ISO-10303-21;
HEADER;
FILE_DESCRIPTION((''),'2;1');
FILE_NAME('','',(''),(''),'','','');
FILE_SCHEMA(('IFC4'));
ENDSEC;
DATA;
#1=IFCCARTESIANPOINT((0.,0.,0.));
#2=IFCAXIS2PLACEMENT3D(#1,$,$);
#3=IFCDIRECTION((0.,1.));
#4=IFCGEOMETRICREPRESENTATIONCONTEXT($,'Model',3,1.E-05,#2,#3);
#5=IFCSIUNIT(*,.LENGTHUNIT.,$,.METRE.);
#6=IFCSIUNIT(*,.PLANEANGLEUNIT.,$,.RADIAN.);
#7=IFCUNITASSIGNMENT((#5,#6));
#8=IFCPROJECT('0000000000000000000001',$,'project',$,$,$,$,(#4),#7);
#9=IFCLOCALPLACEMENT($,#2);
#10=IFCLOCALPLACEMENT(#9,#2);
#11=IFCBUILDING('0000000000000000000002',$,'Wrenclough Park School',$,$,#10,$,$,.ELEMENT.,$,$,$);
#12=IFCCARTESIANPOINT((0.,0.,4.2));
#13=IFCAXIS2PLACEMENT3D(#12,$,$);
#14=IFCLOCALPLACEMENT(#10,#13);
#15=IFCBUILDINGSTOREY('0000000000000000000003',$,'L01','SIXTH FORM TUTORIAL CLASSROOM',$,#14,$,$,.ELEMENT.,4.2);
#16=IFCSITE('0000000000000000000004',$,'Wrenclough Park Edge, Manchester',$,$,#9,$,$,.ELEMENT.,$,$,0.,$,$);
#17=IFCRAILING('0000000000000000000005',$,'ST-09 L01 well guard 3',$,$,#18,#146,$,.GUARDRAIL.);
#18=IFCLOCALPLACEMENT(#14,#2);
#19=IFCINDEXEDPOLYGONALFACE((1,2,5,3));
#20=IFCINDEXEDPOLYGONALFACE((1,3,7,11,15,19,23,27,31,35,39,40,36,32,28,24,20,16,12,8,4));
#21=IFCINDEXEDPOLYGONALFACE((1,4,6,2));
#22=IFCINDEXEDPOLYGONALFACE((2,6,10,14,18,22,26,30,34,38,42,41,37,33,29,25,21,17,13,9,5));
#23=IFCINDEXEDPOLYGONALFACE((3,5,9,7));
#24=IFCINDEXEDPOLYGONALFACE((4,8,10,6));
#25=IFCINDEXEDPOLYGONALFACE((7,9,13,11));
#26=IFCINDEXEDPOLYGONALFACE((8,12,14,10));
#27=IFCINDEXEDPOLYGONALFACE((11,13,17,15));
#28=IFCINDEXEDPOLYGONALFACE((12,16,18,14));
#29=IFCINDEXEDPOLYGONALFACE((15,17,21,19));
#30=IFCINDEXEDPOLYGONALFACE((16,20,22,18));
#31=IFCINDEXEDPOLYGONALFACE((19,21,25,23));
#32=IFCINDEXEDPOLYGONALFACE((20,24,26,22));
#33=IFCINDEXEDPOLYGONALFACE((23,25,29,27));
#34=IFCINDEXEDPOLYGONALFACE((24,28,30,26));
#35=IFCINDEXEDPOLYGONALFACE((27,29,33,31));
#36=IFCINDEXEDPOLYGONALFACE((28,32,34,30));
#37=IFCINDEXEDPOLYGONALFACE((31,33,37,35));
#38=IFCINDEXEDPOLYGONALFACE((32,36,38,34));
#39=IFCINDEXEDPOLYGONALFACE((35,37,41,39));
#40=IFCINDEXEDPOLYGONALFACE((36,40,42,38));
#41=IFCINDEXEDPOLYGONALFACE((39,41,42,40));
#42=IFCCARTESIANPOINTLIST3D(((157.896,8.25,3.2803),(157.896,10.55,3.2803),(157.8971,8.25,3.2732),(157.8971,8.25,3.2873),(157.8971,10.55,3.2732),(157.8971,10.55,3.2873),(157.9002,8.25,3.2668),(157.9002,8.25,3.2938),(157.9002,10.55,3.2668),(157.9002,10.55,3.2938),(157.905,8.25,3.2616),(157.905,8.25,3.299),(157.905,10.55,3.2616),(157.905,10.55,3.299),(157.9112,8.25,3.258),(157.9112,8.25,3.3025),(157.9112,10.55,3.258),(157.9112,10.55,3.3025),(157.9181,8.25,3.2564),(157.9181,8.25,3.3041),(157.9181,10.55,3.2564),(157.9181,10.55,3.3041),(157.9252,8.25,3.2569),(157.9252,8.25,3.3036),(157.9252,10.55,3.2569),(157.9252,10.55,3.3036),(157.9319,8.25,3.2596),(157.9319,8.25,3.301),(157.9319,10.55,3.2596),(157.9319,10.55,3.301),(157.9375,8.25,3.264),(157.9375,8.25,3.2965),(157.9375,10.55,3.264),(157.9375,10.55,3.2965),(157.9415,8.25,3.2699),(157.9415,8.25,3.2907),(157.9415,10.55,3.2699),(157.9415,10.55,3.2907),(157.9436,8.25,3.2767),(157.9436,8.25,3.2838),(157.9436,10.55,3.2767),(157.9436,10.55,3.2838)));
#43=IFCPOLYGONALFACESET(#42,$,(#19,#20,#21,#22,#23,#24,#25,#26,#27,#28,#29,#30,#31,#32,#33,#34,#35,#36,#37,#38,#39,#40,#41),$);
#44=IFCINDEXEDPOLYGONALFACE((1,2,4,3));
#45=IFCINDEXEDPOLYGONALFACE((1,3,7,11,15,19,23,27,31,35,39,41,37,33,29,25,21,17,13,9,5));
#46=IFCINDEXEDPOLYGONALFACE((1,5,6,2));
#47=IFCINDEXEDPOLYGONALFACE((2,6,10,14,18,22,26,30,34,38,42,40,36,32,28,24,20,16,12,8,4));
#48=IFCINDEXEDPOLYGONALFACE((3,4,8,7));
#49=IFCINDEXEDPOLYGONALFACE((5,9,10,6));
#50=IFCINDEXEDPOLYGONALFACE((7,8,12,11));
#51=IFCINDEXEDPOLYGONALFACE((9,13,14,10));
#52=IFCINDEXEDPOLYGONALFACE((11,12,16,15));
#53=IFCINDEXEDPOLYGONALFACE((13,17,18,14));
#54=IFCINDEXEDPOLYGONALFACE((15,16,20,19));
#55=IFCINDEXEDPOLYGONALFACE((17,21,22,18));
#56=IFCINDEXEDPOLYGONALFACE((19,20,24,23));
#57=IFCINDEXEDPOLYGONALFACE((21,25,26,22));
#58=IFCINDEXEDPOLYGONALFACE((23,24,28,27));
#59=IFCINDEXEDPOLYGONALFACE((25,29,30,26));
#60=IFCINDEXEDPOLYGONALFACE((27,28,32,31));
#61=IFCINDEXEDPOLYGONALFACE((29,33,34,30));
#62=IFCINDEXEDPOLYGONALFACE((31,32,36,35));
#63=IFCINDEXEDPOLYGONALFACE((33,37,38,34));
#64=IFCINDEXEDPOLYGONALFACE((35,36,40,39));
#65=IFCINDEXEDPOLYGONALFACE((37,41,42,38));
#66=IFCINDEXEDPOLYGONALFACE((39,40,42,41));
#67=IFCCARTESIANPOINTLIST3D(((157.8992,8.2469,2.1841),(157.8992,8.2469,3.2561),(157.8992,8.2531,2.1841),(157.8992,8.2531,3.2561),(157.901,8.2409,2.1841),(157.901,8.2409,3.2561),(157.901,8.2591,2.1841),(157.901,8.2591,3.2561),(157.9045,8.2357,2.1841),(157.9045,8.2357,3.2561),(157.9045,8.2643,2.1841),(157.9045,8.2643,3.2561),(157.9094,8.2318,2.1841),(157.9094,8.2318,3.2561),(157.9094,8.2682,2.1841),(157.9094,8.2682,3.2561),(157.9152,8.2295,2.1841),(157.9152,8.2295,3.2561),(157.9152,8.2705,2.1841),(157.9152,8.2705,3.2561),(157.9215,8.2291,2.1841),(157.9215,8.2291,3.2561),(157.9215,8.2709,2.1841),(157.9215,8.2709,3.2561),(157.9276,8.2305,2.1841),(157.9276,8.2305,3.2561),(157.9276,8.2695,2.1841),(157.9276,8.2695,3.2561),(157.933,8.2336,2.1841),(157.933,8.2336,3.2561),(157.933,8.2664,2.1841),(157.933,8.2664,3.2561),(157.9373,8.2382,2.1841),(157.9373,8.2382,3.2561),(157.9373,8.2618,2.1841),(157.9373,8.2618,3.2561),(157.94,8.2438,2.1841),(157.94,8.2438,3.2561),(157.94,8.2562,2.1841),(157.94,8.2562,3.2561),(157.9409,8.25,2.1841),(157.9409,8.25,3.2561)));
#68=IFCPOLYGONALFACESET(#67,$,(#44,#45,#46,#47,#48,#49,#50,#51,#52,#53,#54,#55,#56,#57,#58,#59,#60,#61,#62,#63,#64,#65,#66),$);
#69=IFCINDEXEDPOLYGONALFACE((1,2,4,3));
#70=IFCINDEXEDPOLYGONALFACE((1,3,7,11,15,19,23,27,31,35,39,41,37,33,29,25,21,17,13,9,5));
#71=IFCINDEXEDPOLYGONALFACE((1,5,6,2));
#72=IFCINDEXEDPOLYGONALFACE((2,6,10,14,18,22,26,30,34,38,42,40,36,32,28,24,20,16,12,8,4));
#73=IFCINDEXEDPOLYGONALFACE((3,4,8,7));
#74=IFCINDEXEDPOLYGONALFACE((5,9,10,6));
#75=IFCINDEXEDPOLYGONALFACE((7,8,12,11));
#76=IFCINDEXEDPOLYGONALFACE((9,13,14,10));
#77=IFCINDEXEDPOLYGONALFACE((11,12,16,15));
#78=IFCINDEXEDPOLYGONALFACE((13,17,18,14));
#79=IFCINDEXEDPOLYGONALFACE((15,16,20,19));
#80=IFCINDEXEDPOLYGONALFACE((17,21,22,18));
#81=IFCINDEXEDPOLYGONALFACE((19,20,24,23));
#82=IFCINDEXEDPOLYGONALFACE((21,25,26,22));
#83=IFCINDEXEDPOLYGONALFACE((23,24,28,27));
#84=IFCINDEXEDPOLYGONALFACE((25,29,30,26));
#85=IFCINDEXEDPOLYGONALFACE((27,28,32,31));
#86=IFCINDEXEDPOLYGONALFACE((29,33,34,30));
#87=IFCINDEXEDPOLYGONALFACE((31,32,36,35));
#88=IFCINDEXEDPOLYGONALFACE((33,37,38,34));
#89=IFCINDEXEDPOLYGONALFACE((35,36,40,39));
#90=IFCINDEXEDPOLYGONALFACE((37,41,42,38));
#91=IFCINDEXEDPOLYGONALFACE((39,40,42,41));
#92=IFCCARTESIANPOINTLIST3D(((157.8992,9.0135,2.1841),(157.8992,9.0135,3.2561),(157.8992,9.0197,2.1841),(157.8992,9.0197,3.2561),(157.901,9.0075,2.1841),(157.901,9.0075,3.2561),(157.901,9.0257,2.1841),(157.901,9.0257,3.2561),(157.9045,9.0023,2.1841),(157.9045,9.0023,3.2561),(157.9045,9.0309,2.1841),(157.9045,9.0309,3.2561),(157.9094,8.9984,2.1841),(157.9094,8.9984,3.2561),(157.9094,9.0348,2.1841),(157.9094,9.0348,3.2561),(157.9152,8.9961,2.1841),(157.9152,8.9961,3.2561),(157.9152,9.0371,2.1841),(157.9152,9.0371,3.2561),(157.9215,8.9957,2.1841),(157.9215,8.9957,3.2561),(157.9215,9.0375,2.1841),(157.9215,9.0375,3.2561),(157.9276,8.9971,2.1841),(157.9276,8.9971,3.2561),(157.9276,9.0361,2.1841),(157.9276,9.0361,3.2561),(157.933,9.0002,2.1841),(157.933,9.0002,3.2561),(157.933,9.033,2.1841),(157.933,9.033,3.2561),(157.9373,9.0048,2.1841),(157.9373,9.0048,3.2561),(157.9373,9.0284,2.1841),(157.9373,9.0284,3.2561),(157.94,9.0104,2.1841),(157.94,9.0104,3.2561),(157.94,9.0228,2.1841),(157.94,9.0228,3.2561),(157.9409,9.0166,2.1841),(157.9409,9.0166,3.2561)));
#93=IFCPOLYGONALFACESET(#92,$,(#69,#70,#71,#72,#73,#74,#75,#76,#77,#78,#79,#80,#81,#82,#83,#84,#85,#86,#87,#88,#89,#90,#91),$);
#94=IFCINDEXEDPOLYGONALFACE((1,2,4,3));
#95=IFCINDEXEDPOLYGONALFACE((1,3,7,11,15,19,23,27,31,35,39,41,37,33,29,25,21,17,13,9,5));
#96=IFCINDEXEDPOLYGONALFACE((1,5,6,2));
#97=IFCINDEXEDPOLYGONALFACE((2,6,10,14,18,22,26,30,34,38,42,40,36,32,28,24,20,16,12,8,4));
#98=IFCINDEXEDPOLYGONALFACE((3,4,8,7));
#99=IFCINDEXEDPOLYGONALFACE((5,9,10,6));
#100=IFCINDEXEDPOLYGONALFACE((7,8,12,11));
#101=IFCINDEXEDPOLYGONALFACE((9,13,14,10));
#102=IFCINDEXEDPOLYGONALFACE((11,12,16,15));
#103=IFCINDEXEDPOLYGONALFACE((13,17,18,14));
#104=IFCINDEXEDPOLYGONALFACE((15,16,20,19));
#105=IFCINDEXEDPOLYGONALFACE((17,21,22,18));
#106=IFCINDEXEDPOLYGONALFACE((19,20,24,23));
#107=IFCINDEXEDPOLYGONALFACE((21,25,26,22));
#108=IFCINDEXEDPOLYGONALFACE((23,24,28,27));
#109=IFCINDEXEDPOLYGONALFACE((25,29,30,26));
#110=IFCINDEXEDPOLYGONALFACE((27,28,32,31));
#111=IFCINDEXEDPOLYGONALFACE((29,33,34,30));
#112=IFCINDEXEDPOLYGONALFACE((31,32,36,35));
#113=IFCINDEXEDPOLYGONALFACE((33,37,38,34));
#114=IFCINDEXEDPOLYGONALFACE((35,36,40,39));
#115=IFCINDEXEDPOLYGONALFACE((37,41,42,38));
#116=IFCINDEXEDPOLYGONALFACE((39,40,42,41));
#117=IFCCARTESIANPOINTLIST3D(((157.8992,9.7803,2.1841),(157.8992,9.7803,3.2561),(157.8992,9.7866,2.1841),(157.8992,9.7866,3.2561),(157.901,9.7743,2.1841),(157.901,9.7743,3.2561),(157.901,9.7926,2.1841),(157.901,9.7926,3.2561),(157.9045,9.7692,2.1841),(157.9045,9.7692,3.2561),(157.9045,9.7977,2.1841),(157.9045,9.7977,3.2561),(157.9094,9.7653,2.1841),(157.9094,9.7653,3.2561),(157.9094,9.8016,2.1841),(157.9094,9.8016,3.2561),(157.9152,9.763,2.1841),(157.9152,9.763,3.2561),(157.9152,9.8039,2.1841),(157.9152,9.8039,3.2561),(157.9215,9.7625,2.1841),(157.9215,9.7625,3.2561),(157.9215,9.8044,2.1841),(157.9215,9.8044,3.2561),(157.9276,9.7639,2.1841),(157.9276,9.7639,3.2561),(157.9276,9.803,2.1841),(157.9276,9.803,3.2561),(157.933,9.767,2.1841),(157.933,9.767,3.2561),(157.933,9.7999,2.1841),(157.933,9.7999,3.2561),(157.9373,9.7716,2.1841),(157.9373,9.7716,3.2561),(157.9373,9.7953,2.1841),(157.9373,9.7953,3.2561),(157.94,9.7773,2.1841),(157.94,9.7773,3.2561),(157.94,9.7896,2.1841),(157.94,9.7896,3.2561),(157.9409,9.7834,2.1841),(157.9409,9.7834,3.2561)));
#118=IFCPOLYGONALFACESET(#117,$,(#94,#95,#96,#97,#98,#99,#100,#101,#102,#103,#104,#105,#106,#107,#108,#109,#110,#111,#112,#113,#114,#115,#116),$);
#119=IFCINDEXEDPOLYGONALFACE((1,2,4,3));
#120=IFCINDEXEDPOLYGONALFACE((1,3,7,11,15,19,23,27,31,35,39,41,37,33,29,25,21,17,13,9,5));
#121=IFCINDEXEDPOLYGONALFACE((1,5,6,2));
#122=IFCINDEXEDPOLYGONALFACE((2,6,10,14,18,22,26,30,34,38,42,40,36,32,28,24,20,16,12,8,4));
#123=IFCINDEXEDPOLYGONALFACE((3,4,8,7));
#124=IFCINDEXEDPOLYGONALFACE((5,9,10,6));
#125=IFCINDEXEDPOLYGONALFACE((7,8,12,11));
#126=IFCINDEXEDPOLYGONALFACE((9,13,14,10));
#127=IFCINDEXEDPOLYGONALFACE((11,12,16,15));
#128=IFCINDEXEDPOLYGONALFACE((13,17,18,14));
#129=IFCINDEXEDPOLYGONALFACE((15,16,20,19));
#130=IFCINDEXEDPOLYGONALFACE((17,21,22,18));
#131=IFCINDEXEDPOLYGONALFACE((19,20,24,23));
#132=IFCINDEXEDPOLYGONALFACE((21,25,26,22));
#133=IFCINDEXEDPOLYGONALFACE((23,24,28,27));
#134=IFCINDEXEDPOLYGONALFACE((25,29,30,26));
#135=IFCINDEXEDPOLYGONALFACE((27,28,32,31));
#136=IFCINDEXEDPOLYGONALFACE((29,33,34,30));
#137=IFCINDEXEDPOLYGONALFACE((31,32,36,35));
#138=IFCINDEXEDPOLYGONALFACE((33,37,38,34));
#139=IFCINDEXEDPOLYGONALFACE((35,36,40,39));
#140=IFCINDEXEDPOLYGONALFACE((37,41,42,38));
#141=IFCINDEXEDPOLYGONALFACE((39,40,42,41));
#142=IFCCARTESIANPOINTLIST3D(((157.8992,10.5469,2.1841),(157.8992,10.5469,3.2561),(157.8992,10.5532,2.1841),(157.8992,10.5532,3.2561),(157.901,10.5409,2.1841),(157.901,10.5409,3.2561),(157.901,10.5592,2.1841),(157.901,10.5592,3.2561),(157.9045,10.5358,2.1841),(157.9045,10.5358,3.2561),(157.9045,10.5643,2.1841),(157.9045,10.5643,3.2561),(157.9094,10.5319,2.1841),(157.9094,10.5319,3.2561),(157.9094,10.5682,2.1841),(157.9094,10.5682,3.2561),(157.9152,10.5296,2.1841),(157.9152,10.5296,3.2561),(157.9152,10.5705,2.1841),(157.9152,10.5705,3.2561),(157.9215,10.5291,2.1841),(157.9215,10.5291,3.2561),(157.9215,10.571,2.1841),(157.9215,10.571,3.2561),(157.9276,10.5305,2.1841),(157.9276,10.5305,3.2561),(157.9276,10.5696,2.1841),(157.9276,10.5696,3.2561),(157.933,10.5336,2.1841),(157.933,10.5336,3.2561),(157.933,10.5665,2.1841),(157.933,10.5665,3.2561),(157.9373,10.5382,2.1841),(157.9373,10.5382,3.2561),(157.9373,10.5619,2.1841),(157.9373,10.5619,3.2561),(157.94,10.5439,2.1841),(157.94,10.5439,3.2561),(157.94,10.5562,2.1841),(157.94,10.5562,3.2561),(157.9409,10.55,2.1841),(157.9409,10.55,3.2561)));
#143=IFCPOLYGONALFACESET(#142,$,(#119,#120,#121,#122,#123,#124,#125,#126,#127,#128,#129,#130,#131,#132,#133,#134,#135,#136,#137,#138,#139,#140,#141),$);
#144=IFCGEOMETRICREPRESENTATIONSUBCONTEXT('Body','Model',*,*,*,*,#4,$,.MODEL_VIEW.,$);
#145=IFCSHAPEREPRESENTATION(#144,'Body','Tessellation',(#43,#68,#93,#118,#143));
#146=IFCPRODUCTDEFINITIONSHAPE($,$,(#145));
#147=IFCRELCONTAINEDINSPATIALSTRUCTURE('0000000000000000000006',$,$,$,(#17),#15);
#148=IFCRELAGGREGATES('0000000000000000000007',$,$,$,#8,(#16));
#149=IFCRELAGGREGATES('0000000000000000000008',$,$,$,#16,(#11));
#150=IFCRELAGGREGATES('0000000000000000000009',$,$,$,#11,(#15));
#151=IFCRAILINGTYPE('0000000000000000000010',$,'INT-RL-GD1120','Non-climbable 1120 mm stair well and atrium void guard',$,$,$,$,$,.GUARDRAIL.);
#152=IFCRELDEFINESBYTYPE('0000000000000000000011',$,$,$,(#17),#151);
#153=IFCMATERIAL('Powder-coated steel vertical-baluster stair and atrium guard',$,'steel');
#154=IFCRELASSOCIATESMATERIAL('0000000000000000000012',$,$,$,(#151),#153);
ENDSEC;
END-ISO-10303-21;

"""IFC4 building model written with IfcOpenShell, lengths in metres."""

from ifc_helpers import new_model, si_unit, direction, frame, origin, origin_2d, place, context, subcontext, project, spatial, circle, extrude, material, type_object, element, save


model = new_model("IFC4")

# Units and contexts
model_context = context("Model", 3, precision=1e-05, world=origin(), true_north=direction((0.0, 1.0)))
body_context = subcontext(model_context, "Body", "Model", "MODEL_VIEW")
ifc_project = project(units=[si_unit("LENGTHUNIT", "METRE"), si_unit("PLANEANGLEUNIT", "RADIAN")], contexts=[model_context])

# Site, building, storey
site_placement = place(None, origin())
site = spatial("IfcSite", under=ifc_project, at=site_placement, Name="Wrenclough Park Edge, Manchester", CompositionType="ELEMENT", RefElevation=0.0)
building_placement = place(site_placement, origin())
building = spatial("IfcBuilding", under=site, at=building_placement, Name="Wrenclough Park School", CompositionType="ELEMENT")
storey_placement = place(building_placement, frame((0.0, 0.0, 4.2)))
storey = spatial("IfcBuildingStorey", under=building, at=storey_placement, Name="L01", Description="SIXTH FORM TUTORIAL CLASSROOM", CompositionType="ELEMENT", Elevation=4.2)

# Railing
ifc_material_1 = material(Name="Powder-coated steel vertical-baluster stair and atrium guard", Category="steel")
railing_type_1 = type_object("IfcRailingType", Name="INT-RL-GD1120", Description="Non-climbable 1120 mm stair well and atrium void guard", PredefinedType="GUARDRAIL", material=ifc_material_1)
railing_1_placement = place(storey_placement, frame((157.9199, 8.25, 2.1841)))
element("IfcRailing", 1, at=railing_1_placement, inside=storey, type_object=railing_type_1, Name="ST-09 L01 well guard 3", PredefinedType="GUARDRAIL", context=body_context, shape_type="SweptSolid", body=[
    extrude(circle(Radius=0.0239, at=origin_2d()), frame((0.0, 0.0, 1.0962), z_axis=(0.0, 1.0, 0.0), x_axis=(-1.0, 0.0, 0.0)), (0.0, 0.0, 1.0), 2.3),
    extrude(circle(Radius=0.021, at=origin_2d()), origin(), (0.0, 0.0, 1.0), 1.072),
    extrude(circle(Radius=0.021, at=origin_2d()), frame((0.0, 0.7666, 0.0)), (0.0, 0.0, 1.0), 1.072),
    extrude(circle(Radius=0.021, at=origin_2d()), frame((0.0, 1.5334, 0.0)), (0.0, 0.0, 1.0), 1.072),
    extrude(circle(Radius=0.021, at=origin_2d()), frame((0.0, 2.3, 0.0)), (0.0, 0.0, 1.0), 1.072),
])

save(model, "model.ifc")
